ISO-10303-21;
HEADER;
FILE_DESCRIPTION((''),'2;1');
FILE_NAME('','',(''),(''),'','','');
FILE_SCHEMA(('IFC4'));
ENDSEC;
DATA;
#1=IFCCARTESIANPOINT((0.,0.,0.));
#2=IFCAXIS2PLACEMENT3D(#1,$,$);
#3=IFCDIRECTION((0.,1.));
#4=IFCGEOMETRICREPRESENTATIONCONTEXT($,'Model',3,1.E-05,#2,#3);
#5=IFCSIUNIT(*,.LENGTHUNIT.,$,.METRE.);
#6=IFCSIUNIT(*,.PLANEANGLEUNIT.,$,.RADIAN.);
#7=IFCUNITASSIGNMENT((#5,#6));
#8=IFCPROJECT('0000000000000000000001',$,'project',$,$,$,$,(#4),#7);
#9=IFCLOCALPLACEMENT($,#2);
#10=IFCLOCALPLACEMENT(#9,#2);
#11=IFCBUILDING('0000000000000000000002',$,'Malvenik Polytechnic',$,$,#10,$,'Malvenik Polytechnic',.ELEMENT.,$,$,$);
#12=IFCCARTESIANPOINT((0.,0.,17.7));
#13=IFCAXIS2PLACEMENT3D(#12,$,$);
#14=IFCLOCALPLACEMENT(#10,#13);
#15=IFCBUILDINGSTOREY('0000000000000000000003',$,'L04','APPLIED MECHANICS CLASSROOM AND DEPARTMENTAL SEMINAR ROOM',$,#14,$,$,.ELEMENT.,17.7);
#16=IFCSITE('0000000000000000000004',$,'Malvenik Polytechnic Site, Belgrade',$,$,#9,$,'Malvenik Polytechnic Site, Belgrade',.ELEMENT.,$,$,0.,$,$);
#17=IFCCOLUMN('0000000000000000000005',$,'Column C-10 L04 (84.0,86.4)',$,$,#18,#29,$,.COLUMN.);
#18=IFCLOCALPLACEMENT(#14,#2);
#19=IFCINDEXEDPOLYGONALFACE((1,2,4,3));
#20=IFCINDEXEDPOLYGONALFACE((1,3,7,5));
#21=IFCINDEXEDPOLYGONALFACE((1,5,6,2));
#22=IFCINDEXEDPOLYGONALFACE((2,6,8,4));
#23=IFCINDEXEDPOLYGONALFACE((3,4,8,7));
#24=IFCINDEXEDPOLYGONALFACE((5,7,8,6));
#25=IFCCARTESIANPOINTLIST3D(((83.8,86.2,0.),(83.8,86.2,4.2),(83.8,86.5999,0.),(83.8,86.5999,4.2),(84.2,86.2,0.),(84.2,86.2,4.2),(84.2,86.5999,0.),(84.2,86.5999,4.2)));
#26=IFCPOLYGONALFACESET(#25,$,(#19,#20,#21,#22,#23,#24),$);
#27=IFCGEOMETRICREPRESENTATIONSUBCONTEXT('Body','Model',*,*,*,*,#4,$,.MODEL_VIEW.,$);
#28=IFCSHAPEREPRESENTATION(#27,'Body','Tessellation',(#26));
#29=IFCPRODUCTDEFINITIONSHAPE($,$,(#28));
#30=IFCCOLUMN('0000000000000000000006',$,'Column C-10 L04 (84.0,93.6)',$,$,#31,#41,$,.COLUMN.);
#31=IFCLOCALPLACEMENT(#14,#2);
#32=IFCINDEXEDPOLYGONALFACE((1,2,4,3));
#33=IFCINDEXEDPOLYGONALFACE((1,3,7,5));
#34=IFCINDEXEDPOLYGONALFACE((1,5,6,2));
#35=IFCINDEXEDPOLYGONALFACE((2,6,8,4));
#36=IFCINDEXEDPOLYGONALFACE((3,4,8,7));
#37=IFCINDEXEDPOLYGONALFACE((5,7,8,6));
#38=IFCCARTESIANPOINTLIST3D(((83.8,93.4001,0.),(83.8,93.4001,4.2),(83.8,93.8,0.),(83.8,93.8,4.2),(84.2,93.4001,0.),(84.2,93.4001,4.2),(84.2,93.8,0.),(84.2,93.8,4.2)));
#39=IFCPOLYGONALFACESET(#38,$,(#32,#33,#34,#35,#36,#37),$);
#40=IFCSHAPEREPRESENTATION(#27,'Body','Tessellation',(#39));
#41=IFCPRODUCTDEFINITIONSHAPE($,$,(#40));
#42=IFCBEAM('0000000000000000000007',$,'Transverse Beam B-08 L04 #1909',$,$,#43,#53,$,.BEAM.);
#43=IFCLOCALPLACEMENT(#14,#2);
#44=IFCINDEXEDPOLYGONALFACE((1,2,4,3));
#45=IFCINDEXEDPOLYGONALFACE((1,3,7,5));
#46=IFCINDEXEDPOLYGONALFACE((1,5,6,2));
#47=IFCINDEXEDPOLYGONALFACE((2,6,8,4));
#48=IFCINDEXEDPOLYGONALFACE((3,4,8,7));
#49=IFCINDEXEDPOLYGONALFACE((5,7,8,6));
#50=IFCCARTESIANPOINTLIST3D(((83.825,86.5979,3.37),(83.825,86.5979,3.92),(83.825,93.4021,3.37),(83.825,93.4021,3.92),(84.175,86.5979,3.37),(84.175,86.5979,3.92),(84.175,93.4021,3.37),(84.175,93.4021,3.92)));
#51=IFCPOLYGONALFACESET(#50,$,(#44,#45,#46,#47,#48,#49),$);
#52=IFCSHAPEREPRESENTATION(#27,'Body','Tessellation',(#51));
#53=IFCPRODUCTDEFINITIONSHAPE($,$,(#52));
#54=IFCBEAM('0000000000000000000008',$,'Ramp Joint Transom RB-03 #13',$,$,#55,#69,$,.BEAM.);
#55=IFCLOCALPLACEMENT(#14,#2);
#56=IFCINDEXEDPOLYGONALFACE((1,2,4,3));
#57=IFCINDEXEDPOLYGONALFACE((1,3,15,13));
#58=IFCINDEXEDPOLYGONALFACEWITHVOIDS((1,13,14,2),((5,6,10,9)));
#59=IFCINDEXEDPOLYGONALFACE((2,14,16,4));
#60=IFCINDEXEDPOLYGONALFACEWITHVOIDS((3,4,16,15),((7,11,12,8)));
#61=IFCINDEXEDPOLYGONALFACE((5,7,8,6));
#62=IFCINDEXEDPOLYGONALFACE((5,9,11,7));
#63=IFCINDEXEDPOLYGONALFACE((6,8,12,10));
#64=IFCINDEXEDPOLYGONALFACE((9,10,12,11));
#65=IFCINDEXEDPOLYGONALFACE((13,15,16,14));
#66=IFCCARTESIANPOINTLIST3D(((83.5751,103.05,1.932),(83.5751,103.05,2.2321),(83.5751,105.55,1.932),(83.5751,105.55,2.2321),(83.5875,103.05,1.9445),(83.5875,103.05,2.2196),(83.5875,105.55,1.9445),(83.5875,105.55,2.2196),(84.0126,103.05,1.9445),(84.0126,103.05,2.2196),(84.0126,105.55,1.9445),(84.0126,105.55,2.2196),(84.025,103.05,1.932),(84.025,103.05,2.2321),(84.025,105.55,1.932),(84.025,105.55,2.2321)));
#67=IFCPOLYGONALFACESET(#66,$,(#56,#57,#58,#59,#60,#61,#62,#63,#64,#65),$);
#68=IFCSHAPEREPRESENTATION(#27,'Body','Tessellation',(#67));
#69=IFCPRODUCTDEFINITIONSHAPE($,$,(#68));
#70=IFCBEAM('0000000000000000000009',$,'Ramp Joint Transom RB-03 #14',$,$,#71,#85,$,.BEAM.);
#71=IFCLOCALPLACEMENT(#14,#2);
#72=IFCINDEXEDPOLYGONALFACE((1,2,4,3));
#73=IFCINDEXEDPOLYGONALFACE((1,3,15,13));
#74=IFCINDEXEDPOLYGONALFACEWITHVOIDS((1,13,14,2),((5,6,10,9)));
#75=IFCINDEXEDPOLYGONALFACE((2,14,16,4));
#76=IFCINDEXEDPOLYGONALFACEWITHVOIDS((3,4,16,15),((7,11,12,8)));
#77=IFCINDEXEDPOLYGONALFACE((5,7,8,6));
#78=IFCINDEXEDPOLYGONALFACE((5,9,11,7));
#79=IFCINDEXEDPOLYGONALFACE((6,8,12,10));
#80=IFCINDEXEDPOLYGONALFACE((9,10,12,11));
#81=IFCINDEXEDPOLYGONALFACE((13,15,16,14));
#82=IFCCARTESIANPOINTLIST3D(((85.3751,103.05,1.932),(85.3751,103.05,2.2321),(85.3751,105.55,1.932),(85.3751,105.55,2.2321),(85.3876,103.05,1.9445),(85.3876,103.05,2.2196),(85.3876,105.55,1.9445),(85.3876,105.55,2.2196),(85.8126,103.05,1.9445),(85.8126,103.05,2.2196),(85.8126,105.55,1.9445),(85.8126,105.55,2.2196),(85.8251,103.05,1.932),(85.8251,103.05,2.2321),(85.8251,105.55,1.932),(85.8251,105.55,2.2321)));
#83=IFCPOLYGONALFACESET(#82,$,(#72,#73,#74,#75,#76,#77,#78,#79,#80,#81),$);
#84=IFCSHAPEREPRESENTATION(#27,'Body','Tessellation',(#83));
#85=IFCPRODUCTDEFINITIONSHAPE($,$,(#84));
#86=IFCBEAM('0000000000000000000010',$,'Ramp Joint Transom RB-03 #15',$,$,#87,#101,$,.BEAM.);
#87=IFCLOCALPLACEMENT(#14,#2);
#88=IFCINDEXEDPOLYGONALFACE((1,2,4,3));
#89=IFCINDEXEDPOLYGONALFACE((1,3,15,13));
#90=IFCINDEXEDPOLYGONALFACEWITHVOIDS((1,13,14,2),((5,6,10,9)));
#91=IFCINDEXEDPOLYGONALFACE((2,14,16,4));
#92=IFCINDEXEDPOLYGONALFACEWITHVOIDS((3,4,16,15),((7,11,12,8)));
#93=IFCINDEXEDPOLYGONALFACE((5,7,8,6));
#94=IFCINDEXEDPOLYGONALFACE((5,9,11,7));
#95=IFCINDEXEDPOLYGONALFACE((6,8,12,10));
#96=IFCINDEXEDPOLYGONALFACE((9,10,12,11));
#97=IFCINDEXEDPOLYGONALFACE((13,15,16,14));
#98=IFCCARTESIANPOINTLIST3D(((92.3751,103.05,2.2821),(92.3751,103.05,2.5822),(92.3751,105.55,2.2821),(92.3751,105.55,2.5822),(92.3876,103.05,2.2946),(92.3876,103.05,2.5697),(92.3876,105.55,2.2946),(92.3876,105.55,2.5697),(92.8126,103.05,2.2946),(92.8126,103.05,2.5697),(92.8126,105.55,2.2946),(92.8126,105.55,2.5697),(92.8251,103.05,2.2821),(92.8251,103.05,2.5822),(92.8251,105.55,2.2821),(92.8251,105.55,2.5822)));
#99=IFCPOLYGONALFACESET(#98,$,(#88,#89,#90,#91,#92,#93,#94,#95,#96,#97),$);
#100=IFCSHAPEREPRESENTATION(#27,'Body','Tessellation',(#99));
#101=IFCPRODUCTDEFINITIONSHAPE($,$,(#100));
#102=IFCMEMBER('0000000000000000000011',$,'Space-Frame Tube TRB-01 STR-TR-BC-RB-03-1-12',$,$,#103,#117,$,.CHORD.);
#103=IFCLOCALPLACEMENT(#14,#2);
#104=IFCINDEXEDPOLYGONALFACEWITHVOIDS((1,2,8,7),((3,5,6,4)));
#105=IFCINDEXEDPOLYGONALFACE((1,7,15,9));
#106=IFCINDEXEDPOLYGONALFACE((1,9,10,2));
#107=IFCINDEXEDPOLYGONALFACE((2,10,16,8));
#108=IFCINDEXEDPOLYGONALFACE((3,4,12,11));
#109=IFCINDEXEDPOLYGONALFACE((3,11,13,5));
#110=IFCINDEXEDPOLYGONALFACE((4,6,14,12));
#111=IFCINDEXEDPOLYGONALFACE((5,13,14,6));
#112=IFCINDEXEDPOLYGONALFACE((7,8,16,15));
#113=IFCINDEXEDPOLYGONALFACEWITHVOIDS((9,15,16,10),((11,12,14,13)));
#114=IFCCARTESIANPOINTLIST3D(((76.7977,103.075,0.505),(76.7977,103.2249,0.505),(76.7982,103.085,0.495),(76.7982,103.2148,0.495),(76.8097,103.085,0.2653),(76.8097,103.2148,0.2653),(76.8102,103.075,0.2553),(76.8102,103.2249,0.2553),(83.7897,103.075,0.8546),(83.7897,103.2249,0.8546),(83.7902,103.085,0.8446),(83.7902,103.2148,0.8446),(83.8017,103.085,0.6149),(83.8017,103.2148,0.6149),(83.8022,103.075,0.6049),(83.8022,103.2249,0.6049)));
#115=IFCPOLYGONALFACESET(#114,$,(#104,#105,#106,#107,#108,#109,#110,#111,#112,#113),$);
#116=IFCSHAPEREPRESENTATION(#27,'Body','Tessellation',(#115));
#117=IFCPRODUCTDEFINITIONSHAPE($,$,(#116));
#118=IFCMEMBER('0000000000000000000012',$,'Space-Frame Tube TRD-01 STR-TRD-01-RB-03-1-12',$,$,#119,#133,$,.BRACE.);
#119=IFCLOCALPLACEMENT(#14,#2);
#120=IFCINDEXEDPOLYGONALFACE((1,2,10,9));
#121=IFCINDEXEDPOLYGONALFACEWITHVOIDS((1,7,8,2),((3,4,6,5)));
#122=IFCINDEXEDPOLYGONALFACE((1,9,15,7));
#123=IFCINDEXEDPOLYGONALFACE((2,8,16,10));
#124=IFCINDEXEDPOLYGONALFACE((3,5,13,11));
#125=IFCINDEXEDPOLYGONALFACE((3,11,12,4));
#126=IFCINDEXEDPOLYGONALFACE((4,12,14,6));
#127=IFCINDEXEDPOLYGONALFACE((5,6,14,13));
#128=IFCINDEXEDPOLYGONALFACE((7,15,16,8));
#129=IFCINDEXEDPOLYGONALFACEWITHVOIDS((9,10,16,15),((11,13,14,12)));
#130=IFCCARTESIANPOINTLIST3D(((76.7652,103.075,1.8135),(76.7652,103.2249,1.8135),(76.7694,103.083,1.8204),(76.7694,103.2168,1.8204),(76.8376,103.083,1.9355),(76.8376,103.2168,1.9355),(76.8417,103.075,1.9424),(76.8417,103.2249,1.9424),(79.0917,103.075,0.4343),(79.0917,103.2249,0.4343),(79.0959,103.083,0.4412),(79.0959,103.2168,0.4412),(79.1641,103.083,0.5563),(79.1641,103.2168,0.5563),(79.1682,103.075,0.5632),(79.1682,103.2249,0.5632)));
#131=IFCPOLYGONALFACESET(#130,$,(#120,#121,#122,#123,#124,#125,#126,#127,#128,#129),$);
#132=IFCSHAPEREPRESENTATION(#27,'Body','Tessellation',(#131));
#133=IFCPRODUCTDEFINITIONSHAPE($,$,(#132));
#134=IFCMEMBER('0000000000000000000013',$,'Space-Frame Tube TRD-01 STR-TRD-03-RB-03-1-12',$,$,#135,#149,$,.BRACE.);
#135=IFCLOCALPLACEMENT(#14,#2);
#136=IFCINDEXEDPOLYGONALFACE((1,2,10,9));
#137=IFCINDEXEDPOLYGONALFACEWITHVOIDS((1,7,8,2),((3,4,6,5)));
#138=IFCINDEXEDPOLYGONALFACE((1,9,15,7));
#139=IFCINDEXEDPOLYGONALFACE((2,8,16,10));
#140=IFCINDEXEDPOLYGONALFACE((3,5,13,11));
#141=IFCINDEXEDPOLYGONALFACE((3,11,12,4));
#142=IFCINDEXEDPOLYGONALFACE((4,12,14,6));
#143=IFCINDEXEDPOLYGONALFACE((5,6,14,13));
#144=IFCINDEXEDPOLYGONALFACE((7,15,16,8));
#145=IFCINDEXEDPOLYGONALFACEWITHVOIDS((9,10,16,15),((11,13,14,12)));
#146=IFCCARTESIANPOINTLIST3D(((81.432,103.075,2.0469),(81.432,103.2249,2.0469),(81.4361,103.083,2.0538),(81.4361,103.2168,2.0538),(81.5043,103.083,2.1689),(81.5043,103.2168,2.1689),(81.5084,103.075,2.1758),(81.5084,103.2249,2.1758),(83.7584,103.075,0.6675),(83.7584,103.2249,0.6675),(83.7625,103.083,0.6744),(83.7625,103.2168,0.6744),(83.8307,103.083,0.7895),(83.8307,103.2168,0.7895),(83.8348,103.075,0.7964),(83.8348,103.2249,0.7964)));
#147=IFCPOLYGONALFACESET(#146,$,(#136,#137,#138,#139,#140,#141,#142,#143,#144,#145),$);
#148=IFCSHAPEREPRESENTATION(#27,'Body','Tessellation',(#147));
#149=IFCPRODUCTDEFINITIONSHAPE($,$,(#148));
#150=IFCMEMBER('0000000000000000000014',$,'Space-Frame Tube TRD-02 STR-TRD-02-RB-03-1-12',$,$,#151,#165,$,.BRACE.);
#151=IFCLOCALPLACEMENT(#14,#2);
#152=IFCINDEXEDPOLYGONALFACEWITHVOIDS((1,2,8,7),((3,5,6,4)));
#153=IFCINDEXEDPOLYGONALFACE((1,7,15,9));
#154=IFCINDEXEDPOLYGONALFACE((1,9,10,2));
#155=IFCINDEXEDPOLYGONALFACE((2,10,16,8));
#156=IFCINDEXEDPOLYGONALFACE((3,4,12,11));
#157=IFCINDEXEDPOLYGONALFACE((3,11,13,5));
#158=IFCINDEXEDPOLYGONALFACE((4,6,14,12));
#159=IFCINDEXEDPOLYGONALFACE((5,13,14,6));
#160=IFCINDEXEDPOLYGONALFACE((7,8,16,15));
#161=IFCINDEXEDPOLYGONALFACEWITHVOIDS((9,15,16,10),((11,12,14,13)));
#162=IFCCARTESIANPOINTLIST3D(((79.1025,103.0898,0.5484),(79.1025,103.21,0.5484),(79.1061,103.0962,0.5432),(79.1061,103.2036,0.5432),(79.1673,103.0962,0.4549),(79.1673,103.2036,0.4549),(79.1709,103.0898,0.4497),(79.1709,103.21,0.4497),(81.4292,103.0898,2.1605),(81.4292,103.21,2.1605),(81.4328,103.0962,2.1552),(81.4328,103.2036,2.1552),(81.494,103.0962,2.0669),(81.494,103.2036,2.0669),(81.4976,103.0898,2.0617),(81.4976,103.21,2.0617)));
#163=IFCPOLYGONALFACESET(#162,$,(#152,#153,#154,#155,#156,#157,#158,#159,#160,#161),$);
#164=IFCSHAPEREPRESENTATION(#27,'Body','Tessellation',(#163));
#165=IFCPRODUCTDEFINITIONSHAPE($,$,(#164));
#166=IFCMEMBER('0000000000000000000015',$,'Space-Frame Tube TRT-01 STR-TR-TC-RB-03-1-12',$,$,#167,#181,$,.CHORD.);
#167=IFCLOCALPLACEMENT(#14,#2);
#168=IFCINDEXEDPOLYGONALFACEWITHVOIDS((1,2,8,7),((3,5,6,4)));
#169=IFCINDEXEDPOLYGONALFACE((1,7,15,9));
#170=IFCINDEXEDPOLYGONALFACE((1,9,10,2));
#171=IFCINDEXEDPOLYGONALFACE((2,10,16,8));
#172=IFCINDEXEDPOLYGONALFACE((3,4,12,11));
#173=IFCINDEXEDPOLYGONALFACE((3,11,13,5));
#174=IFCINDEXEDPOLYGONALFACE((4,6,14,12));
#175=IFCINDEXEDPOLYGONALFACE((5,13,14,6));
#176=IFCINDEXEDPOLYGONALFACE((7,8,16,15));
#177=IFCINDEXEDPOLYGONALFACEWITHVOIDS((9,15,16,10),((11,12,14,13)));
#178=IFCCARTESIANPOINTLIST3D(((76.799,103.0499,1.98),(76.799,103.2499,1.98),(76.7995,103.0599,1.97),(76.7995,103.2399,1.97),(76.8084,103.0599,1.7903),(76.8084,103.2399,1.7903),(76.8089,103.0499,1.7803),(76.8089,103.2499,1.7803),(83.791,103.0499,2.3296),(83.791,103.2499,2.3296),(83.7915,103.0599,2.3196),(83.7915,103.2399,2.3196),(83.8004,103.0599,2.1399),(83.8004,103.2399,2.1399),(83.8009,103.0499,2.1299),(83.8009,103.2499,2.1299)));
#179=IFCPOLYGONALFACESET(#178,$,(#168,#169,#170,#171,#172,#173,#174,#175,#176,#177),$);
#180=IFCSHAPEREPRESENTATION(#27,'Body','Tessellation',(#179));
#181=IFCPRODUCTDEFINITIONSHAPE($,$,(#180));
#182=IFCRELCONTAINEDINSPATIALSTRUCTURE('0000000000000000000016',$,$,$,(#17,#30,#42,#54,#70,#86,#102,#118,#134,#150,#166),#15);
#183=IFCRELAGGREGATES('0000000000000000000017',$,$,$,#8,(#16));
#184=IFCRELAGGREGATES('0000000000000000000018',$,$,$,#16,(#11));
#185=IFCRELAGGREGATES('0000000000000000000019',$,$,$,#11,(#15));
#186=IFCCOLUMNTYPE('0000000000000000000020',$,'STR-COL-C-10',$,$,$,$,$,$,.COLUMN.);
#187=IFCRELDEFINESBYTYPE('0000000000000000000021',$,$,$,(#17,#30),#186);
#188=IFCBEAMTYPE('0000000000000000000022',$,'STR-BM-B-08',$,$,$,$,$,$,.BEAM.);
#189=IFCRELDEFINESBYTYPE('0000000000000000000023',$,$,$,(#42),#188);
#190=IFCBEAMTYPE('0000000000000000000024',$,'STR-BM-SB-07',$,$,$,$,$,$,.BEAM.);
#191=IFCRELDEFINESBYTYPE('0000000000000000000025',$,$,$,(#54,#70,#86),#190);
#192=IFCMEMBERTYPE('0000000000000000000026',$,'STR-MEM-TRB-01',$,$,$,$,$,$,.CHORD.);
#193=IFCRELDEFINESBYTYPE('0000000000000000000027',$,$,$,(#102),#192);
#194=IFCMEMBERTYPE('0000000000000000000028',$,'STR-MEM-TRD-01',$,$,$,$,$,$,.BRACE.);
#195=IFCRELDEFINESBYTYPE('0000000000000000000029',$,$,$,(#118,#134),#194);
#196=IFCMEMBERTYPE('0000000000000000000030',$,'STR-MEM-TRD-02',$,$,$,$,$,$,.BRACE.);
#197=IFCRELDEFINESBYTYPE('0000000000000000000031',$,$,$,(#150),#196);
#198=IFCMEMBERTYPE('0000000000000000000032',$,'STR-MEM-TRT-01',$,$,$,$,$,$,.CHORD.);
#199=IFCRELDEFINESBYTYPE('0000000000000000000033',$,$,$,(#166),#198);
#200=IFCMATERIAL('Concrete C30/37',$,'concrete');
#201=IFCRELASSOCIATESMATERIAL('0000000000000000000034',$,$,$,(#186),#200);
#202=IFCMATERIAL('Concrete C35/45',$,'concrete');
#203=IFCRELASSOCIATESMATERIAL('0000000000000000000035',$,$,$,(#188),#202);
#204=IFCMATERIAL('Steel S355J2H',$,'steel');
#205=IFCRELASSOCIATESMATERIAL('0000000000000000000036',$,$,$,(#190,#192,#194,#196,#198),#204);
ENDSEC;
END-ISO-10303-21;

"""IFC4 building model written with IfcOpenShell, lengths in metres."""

from ifc_helpers import new_model, si_unit, direction, frame, origin, origin_2d, place, context, subcontext, project, spatial, rectangle, hollow_rectangle, extrude, material, material_profile, profile_set, type_object, element, save


model = new_model("IFC4")

# Units and contexts
model_context = context("Model", 3, precision=1e-05, world=origin(), true_north=direction((0.0, 1.0)))
body_context = subcontext(model_context, "Body", "Model", "MODEL_VIEW")
ifc_project = project(units=[si_unit("LENGTHUNIT", "METRE"), si_unit("PLANEANGLEUNIT", "RADIAN")], contexts=[model_context])

# Site, building, storey
site_placement = place(None, origin())
site = spatial("IfcSite", under=ifc_project, at=site_placement, Name="Malvenik Polytechnic Site, Belgrade", LongName="Malvenik Polytechnic Site, Belgrade", CompositionType="ELEMENT", RefElevation=0.0)
building_placement = place(site_placement, origin())
building = spatial("IfcBuilding", under=site, at=building_placement, Name="Malvenik Polytechnic", LongName="Malvenik Polytechnic", CompositionType="ELEMENT")
storey_placement = place(building_placement, frame((0.0, 0.0, 17.7)))
storey = spatial("IfcBuildingStorey", under=building, at=storey_placement, Name="L04", Description="APPLIED MECHANICS CLASSROOM AND DEPARTMENTAL SEMINAR ROOM", CompositionType="ELEMENT", Elevation=17.7)

# Columns
ifc_material_1 = material(Name="Concrete C30/37", Category="concrete")
ifc_material_profile_1 = material_profile(ifc_material_1, rectangle(XDim=0.3999, YDim=0.3999, at=origin_2d()), Name="RC COL 400x400")
ifc_profile_set_1 = profile_set([ifc_material_profile_1], Name="Concrete C30/37")
column_type = type_object("IfcColumnType", Name="STR-COL-C-10", PredefinedType="COLUMN", material=ifc_profile_set_1)
for number, where, z_axis, x_axis, name in (
    (1, (84.0, 86.3999, 0.0), (0.0, 0.0, 1.0), (1.0, 0.0, 0.0), "Column C-10 L04 (84.0,86.4)"),
    (2, (84.0, 93.6001, 0.0), (0.0, 0.0, 1.0), (1.0, 0.0, 0.0), "Column C-10 L04 (84.0,93.6)"),
):
    element("IfcColumn", number, at=place(storey_placement, frame(where, z_axis=z_axis, x_axis=x_axis)), inside=storey, type_object=column_type, Name=name, PredefinedType="COLUMN", context=body_context, shape_type="SweptSolid", body=[
        extrude(rectangle(XDim=0.3999, YDim=0.3999, at=origin_2d()), origin(), (0.0, 0.0, 1.0), 4.2),
    ])

# Beams
ifc_material_2 = material(Name="Concrete C35/45", Category="concrete")
ifc_material_profile_2 = material_profile(ifc_material_2, rectangle(XDim=0.3501, YDim=0.55, at=origin_2d()), Name="RC BM 350x550")
ifc_profile_set_2 = profile_set([ifc_material_profile_2], Name="Concrete C35/45")
beam_type_1 = type_object("IfcBeamType", Name="STR-BM-B-08", PredefinedType="BEAM", material=ifc_profile_set_2)
beam_placement = place(storey_placement, frame((84.0, 86.5979, 3.645), z_axis=(0.0, 1.0, 0.0), x_axis=(-1.0, 0.0, 0.0)))
element("IfcBeam", 3, at=beam_placement, inside=storey, type_object=beam_type_1, Name="Transverse Beam B-08 L04 #1909", PredefinedType="BEAM", context=body_context, shape_type="SweptSolid", body=[
    extrude(rectangle(XDim=0.3501, YDim=0.55, at=origin_2d()), origin(), (0.0, 0.0, 1.0), 6.8042),
])
ifc_material_3 = material(Name="Steel S355J2H", Category="steel")
ifc_material_profile_3 = material_profile(ifc_material_3, hollow_rectangle(XDim=0.45, YDim=0.3, WallThickness=0.0125, at=origin_2d()), Name="RHS 450x300x12.5")
ifc_profile_set_3 = profile_set([ifc_material_profile_3], Name="Steel S355J2H")
beam_type_2 = type_object("IfcBeamType", Name="STR-BM-SB-07", PredefinedType="BEAM", material=ifc_profile_set_3)
for number, where, z_axis, x_axis, name in (
    (4, (83.8, 103.05, 2.082), (0.0, 1.0, 0.0), (-1.0, 0.0, 0.0), "Ramp Joint Transom RB-03 #13"),
    (5, (85.6001, 103.05, 2.082), (0.0, 1.0, 0.0), (-1.0, 0.0, 0.0), "Ramp Joint Transom RB-03 #14"),
    (6, (92.6001, 103.05, 2.4321), (0.0, 1.0, 0.0), (-1.0, 0.0, 0.0), "Ramp Joint Transom RB-03 #15"),
):
    element("IfcBeam", number, at=place(storey_placement, frame(where, z_axis=z_axis, x_axis=x_axis)), inside=storey, type_object=beam_type_2, Name=name, PredefinedType="BEAM", context=body_context, shape_type="SweptSolid", body=[
        extrude(hollow_rectangle(XDim=0.45, YDim=0.3, WallThickness=0.0125, at=origin_2d()), origin(), (0.0, 0.0, 1.0), 2.5),
    ])

# Members
ifc_material_profile_4 = material_profile(ifc_material_3, hollow_rectangle(XDim=0.1499, YDim=0.25, WallThickness=0.01, at=origin_2d()), Name="RHS 250x150x10.0")
ifc_profile_set_4 = profile_set([ifc_material_profile_4], Name="Steel S355J2H")
member_type_1 = type_object("IfcMemberType", Name="STR-MEM-TRB-01", PredefinedType="CHORD", material=ifc_profile_set_4)
member_1_placement = place(storey_placement, frame((76.804, 103.1499, 0.3801), z_axis=(0.998752, 0.0, 0.049939), x_axis=(0.0, 1.0, 0.0)))
element("IfcMember", 7, at=member_1_placement, inside=storey, type_object=member_type_1, Name="Space-Frame Tube TRB-01 STR-TR-BC-RB-03-1-12", PredefinedType="CHORD", context=body_context, shape_type="SweptSolid", body=[
    extrude(hollow_rectangle(XDim=0.1499, YDim=0.25, WallThickness=0.01, at=origin_2d()), origin(), (0.0, 0.0, 1.0), 7.0007),
])
ifc_material_profile_5 = material_profile(ifc_material_3, hollow_rectangle(XDim=0.1499, YDim=0.1499, WallThickness=0.0081, at=origin_2d()), Name="SHS 150x150x8.0")
ifc_profile_set_5 = profile_set([ifc_material_profile_5], Name="Steel S355J2H")
member_type_2 = type_object("IfcMemberType", Name="STR-MEM-TRD-01", PredefinedType="BRACE", material=ifc_profile_set_5)
for number, where, z_axis, x_axis, name in (
    (8, (76.8035, 103.1499, 1.8779), (0.860205, 0.0, -0.509948), (0.0, 1.0, 0.0), "Space-Frame Tube TRD-01 STR-TRD-01-RB-03-1-12"),
    (9, (81.4702, 103.1499, 2.1113), (0.860165, 0.0, -0.510015), (0.0, 1.0, 0.0), "Space-Frame Tube TRD-01 STR-TRD-03-RB-03-1-12"),
):
    element("IfcMember", number, at=place(storey_placement, frame(where, z_axis=z_axis, x_axis=x_axis)), inside=storey, type_object=member_type_2, Name=name, PredefinedType="BRACE", context=body_context, shape_type="SweptSolid", body=[
        extrude(hollow_rectangle(XDim=0.1499, YDim=0.1499, WallThickness=0.0081, at=origin_2d()), origin(), (0.0, 0.0, 1.0), 2.7046),
    ])
ifc_material_profile_6 = material_profile(ifc_material_3, hollow_rectangle(XDim=0.1201, YDim=0.1201, WallThickness=0.0063, at=origin_2d()), Name="SHS 120x120x6.3")
ifc_profile_set_6 = profile_set([ifc_material_profile_6], Name="Steel S355J2H")
member_type_3 = type_object("IfcMemberType", Name="STR-MEM-TRD-02", PredefinedType="BRACE", material=ifc_profile_set_6)
member_2_placement = place(storey_placement, frame((79.1367, 103.1499, 0.499), z_axis=(0.821978, 0.0, 0.569519), x_axis=(0.0, 1.0, 0.0)))
element("IfcMember", 10, at=member_2_placement, inside=storey, type_object=member_type_3, Name="Space-Frame Tube TRD-02 STR-TRD-02-RB-03-1-12", PredefinedType="BRACE", context=body_context, shape_type="SweptSolid", body=[
    extrude(hollow_rectangle(XDim=0.1201, YDim=0.1201, WallThickness=0.0063, at=origin_2d()), origin(), (0.0, 0.0, 1.0), 2.8306),
])
ifc_material_profile_7 = material_profile(ifc_material_3, hollow_rectangle(XDim=0.2, YDim=0.2, WallThickness=0.01, at=origin_2d()), Name="SHS 200x200x10.0")
ifc_profile_set_7 = profile_set([ifc_material_profile_7], Name="Steel S355J2H")
member_type_4 = type_object("IfcMemberType", Name="STR-MEM-TRT-01", PredefinedType="CHORD", material=ifc_profile_set_7)
member_3_placement = place(storey_placement, frame((76.804, 103.1499, 1.8801), z_axis=(0.998752, 0.0, 0.049939), x_axis=(0.0, 1.0, 0.0)))
element("IfcMember", 11, at=member_3_placement, inside=storey, type_object=member_type_4, Name="Space-Frame Tube TRT-01 STR-TR-TC-RB-03-1-12", PredefinedType="CHORD", context=body_context, shape_type="SweptSolid", body=[
    extrude(hollow_rectangle(XDim=0.2, YDim=0.2, WallThickness=0.01, at=origin_2d()), origin(), (0.0, 0.0, 1.0), 7.0007),
])

save(model, "model.ifc")
